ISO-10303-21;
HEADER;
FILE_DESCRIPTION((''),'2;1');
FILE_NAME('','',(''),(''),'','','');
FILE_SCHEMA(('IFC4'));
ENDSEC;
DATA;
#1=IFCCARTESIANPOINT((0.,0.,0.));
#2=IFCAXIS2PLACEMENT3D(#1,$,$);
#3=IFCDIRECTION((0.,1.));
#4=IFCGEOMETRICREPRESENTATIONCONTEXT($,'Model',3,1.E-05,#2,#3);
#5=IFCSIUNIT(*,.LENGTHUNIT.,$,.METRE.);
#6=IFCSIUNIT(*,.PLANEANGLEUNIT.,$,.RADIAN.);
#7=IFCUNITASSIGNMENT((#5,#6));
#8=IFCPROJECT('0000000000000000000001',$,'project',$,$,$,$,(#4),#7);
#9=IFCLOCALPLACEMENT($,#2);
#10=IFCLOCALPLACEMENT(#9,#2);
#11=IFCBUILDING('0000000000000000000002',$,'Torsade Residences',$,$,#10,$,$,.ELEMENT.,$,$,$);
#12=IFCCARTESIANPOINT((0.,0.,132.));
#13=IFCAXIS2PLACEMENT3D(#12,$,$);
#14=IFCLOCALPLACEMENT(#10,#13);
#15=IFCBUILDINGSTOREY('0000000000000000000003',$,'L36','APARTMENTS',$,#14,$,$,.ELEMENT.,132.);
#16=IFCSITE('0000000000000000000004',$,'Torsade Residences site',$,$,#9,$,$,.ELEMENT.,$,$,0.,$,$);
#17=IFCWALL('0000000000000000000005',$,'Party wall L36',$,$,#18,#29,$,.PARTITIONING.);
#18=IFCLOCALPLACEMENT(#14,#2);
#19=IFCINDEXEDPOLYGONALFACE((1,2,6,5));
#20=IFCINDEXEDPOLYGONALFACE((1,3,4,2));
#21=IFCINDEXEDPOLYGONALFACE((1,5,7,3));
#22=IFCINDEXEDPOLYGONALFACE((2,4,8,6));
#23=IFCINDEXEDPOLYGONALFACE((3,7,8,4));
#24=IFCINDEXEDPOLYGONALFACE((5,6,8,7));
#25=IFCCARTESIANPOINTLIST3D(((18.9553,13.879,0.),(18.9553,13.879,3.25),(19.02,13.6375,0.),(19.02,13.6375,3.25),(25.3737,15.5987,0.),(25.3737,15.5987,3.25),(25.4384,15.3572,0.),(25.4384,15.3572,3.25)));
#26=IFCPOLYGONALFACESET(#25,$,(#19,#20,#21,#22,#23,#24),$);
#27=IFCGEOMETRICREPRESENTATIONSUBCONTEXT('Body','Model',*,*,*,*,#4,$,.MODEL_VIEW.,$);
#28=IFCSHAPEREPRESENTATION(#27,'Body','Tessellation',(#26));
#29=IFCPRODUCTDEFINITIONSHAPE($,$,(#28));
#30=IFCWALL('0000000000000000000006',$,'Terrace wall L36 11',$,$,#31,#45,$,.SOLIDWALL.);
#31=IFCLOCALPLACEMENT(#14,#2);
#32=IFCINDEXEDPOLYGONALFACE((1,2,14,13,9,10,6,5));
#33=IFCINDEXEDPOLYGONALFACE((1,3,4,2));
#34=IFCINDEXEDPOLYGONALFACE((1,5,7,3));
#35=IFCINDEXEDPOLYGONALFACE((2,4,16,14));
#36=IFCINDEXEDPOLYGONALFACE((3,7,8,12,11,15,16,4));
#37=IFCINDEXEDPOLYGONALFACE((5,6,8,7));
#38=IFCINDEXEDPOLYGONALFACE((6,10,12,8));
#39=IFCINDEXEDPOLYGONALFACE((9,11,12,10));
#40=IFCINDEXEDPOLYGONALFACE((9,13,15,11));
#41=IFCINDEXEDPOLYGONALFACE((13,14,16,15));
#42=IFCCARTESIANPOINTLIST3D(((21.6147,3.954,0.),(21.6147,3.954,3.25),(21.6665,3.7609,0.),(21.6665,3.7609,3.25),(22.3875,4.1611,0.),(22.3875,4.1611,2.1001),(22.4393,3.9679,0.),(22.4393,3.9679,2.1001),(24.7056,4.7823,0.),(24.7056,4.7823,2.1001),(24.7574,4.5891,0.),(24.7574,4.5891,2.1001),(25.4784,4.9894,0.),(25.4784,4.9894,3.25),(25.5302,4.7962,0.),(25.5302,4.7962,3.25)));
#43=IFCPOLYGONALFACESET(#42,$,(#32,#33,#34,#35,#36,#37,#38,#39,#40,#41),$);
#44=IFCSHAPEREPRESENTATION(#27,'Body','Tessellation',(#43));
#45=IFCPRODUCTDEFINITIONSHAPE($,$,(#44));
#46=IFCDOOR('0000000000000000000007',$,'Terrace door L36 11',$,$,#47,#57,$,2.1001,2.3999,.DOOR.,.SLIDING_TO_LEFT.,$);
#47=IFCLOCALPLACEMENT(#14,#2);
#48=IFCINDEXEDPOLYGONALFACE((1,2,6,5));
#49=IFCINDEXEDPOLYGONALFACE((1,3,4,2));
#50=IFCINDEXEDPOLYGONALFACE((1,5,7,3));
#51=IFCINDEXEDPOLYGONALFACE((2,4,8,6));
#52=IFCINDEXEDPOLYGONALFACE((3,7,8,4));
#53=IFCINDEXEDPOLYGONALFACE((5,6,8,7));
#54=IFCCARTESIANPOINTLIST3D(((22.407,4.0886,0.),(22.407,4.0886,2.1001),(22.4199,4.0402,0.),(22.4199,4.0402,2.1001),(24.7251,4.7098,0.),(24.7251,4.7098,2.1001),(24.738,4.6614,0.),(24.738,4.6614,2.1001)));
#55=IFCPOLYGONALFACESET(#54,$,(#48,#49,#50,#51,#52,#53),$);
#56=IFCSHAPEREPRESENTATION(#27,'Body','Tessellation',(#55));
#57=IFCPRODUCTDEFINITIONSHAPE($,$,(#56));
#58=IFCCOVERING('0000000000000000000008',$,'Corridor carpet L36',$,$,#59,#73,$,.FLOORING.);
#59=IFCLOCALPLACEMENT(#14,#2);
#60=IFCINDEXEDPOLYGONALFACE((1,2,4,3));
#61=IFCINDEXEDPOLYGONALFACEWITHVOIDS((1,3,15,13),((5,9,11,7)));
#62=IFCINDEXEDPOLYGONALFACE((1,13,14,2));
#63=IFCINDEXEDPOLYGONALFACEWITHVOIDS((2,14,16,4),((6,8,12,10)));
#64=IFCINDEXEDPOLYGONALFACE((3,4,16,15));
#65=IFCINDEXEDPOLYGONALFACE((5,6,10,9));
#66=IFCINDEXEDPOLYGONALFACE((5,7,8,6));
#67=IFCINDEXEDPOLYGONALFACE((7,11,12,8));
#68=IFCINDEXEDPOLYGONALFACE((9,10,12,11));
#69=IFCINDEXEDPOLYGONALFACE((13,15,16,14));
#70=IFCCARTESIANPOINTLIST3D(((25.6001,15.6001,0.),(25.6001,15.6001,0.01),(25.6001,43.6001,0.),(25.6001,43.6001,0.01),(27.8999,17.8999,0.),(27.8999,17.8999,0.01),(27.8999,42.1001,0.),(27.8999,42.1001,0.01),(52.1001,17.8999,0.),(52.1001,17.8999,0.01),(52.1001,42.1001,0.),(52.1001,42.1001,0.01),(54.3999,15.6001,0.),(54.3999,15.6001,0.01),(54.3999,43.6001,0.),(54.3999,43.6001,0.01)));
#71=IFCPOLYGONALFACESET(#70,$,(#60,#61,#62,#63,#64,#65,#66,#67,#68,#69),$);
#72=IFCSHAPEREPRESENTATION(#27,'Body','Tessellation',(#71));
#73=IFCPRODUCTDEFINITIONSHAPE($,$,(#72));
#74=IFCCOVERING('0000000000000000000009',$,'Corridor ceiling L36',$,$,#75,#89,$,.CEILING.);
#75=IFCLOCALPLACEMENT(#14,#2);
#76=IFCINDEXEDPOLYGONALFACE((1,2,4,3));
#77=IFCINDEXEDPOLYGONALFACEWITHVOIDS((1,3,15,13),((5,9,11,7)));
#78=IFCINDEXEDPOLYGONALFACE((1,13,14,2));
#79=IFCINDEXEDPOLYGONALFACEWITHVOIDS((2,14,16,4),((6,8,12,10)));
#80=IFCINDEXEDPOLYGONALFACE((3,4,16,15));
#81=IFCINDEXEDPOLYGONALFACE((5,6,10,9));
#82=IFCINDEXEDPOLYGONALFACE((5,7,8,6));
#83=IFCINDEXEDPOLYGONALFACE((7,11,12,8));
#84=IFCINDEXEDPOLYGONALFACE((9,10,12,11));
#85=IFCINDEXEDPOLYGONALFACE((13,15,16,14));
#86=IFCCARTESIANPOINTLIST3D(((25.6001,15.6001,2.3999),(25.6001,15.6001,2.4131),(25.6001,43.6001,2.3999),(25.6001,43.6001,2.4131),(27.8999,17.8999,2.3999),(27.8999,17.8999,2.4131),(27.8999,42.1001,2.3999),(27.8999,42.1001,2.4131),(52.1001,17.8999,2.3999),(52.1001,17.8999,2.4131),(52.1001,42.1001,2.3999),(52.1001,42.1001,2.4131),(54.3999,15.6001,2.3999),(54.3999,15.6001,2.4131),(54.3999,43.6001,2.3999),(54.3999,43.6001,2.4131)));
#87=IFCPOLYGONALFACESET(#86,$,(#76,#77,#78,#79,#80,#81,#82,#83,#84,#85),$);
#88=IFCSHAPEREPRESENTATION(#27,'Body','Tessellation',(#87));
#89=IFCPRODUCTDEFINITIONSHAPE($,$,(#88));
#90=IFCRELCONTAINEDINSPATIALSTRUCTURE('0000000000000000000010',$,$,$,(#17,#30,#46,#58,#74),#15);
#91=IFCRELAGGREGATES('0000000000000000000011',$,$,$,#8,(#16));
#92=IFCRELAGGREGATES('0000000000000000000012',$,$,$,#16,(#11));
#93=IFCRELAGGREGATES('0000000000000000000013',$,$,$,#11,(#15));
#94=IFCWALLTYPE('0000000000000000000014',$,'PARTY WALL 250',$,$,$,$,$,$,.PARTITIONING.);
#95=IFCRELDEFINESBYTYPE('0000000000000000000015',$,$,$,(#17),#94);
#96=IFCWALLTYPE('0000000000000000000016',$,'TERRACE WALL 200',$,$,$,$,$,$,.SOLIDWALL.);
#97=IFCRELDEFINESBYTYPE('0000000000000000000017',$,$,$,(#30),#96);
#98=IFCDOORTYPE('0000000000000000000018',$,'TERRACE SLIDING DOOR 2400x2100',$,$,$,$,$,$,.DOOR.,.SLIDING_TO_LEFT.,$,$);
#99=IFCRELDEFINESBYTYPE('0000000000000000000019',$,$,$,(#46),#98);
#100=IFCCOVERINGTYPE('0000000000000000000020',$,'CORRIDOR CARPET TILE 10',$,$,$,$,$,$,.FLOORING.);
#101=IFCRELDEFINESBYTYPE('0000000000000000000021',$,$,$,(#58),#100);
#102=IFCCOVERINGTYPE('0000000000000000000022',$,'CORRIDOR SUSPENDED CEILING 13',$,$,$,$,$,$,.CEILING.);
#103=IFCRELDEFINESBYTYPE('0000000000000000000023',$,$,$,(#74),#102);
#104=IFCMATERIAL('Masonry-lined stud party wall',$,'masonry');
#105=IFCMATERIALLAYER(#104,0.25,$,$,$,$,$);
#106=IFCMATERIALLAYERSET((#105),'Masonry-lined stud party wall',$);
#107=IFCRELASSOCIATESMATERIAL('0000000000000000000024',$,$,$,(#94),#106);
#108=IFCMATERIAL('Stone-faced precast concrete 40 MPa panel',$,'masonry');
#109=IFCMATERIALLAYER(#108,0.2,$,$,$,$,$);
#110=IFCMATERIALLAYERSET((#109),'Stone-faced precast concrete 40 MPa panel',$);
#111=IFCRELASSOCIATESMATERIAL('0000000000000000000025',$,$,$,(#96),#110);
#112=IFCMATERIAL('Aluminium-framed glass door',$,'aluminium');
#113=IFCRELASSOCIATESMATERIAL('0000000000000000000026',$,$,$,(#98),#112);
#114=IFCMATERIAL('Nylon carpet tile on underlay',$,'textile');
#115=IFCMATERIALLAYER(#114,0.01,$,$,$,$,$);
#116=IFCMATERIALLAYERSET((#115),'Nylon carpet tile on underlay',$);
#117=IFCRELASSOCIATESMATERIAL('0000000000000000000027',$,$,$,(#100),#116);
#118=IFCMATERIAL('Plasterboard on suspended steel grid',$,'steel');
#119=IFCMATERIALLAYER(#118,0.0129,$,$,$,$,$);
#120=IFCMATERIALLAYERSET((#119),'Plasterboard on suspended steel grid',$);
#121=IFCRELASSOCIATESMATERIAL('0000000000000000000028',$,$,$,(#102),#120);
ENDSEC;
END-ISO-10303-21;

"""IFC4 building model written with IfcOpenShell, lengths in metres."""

from ifc_helpers import new_model, si_unit, direction, frame, frame_2d, origin, place, context, subcontext, project, spatial, polyline, rectangle, outline, extrude, material, layer, layer_set, type_object, element, fill, save


model = new_model("IFC4")

# Units and contexts
model_context = context("Model", 3, precision=1e-05, world=origin(), true_north=direction((0.0, 1.0)))
body_context = subcontext(model_context, "Body", "Model", "MODEL_VIEW")
ifc_project = project(units=[si_unit("LENGTHUNIT", "METRE"), si_unit("PLANEANGLEUNIT", "RADIAN")], contexts=[model_context])

# Site, building, storey
site_placement = place(None, origin())
site = spatial("IfcSite", under=ifc_project, at=site_placement, Name="Torsade Residences site", CompositionType="ELEMENT", RefElevation=0.0)
building_placement = place(site_placement, origin())
building = spatial("IfcBuilding", under=site, at=building_placement, Name="Torsade Residences", CompositionType="ELEMENT")
storey_placement = place(building_placement, frame((0.0, 0.0, 132.0)))
storey = spatial("IfcBuildingStorey", under=building, at=storey_placement, Name="L36", Description="APARTMENTS", CompositionType="ELEMENT", Elevation=132.0)

# Wall
ifc_material_1 = material(Name="Masonry-lined stud party wall", Category="masonry")
ifc_layer_1 = layer(ifc_material_1, 0.25)
ifc_layer_set_1 = layer_set([ifc_layer_1], Name="Masonry-lined stud party wall")
wall_type_1 = type_object("IfcWallType", Name="PARTY WALL 250", PredefinedType="PARTITIONING", material=ifc_layer_set_1)
wall_1_placement = place(storey_placement, frame((18.9878, 13.7583, 0.0), z_axis=(0.0, 0.0, 1.0), x_axis=(0.965929, 0.258806, 0.0)))
element("IfcWall", 1, at=wall_1_placement, inside=storey, type_object=wall_type_1, Name="Party wall L36", PredefinedType="PARTITIONING", context=body_context, shape_type="SweptSolid", body=[
    extrude(rectangle(XDim=6.6448, YDim=0.25, at=frame_2d((3.3223, 0.0))), origin(), (0.0, 0.0, 1.0), 3.25),
])

# Wall, opening, door
ifc_material_2 = material(Name="Stone-faced precast concrete 40 MPa panel", Category="masonry")
ifc_layer_2 = layer(ifc_material_2, 0.2)
ifc_layer_set_2 = layer_set([ifc_layer_2], Name="Stone-faced precast concrete 40 MPa panel")
wall_type_2 = type_object("IfcWallType", Name="TERRACE WALL 200", PredefinedType="SOLIDWALL", material=ifc_layer_set_2)
wall_2_placement = place(storey_placement, frame((21.6406, 3.8574, 0.0), z_axis=(0.0, 0.0, 1.0), x_axis=(0.965919, 0.258844, 0.0)))
wall_2 = element("IfcWall", 2, at=wall_2_placement, inside=storey, type_object=wall_type_2, Name="Terrace wall L36 11", PredefinedType="SOLIDWALL", context=body_context, shape_type="SweptSolid", body=[
    extrude(rectangle(XDim=4.0, YDim=0.2, at=frame_2d((2.0, 0.0))), origin(), (0.0, 0.0, 1.0), 3.25),
])
opening_1_placement = place(wall_2_placement, frame((0.8, 0.0, 0.0)))
opening_1 = element("IfcOpeningElement", 3, at=opening_1_placement, cuts=wall_2, PredefinedType="OPENING", context=body_context, shape_type="SweptSolid", body=[
    extrude(rectangle(XDim=2.3999, YDim=2.1001, at=frame_2d((1.2, 1.05))), frame((0.0, 0.1099, 0.0), z_axis=(0.0, -1.0, 0.0), x_axis=(1.0, 0.0, 0.0)), (0.0, 0.0, 1.0), 0.22),
])
ifc_material_3 = material(Name="Aluminium-framed glass door", Category="aluminium")
door_type_1 = type_object("IfcDoorType", Name="TERRACE SLIDING DOOR 2400x2100", OperationType="SLIDING_TO_LEFT", PredefinedType="DOOR", material=ifc_material_3)
door_1_placement = place(opening_1_placement, origin())
door_1 = element("IfcDoor", 4, at=door_1_placement, inside=storey, type_object=door_type_1, Name="Terrace door L36 11", OperationType="SLIDING_TO_LEFT", OverallHeight=2.1001, OverallWidth=2.3999, PredefinedType="DOOR", context=body_context, shape_type="SweptSolid", body=[
    extrude(rectangle(XDim=2.3999, YDim=2.1001, at=frame_2d((1.2, 1.05))), frame((0.0, 0.0249, 0.0), z_axis=(0.0, -1.0, 0.0), x_axis=(1.0, 0.0, 0.0)), (0.0, 0.0, 1.0), 0.05),
])
fill(opening_1, door_1)

# Coverings
ifc_material_4 = material(Name="Nylon carpet tile on underlay", Category="textile")
ifc_layer_3 = layer(ifc_material_4, 0.01)
ifc_layer_set_3 = layer_set([ifc_layer_3], Name="Nylon carpet tile on underlay")
covering_type_1 = type_object("IfcCoveringType", Name="CORRIDOR CARPET TILE 10", PredefinedType="FLOORING", material=ifc_layer_set_3)
covering_1_placement = place(storey_placement, origin())
element("IfcCovering", 5, at=covering_1_placement, inside=storey, type_object=covering_type_1, Name="Corridor carpet L36", PredefinedType="FLOORING", context=body_context, shape_type="SweptSolid", body=[
    extrude(outline(polyline([(54.3999, 15.6001), (54.3999, 43.6001), (25.6001, 43.6001), (25.6001, 15.6001), (54.3999, 15.6001)]), holes=[polyline([(52.1001, 42.1001), (27.8999, 42.1001), (27.8999, 17.8999), (52.1001, 17.8999), (52.1001, 42.1001)])]), origin(), (0.0, 0.0, 1.0), 0.01),
])
ifc_material_5 = material(Name="Plasterboard on suspended steel grid", Category="steel")
ifc_layer_4 = layer(ifc_material_5, 0.0129)
ifc_layer_set_4 = layer_set([ifc_layer_4], Name="Plasterboard on suspended steel grid")
covering_type_2 = type_object("IfcCoveringType", Name="CORRIDOR SUSPENDED CEILING 13", PredefinedType="CEILING", material=ifc_layer_set_4)
covering_2_placement = place(storey_placement, frame((0.0, 0.0, 2.3999)))
element("IfcCovering", 6, at=covering_2_placement, inside=storey, type_object=covering_type_2, Name="Corridor ceiling L36", PredefinedType="CEILING", context=body_context, shape_type="SweptSolid", body=[
    extrude(outline(polyline([(54.3999, 15.6001), (54.3999, 43.6001), (25.6001, 43.6001), (25.6001, 15.6001), (54.3999, 15.6001)]), holes=[polyline([(52.1001, 42.1001), (27.8999, 42.1001), (27.8999, 17.8999), (52.1001, 17.8999), (52.1001, 42.1001)])]), origin(), (0.0, 0.0, 1.0), 0.0132),
])

save(model, "model.ifc")
